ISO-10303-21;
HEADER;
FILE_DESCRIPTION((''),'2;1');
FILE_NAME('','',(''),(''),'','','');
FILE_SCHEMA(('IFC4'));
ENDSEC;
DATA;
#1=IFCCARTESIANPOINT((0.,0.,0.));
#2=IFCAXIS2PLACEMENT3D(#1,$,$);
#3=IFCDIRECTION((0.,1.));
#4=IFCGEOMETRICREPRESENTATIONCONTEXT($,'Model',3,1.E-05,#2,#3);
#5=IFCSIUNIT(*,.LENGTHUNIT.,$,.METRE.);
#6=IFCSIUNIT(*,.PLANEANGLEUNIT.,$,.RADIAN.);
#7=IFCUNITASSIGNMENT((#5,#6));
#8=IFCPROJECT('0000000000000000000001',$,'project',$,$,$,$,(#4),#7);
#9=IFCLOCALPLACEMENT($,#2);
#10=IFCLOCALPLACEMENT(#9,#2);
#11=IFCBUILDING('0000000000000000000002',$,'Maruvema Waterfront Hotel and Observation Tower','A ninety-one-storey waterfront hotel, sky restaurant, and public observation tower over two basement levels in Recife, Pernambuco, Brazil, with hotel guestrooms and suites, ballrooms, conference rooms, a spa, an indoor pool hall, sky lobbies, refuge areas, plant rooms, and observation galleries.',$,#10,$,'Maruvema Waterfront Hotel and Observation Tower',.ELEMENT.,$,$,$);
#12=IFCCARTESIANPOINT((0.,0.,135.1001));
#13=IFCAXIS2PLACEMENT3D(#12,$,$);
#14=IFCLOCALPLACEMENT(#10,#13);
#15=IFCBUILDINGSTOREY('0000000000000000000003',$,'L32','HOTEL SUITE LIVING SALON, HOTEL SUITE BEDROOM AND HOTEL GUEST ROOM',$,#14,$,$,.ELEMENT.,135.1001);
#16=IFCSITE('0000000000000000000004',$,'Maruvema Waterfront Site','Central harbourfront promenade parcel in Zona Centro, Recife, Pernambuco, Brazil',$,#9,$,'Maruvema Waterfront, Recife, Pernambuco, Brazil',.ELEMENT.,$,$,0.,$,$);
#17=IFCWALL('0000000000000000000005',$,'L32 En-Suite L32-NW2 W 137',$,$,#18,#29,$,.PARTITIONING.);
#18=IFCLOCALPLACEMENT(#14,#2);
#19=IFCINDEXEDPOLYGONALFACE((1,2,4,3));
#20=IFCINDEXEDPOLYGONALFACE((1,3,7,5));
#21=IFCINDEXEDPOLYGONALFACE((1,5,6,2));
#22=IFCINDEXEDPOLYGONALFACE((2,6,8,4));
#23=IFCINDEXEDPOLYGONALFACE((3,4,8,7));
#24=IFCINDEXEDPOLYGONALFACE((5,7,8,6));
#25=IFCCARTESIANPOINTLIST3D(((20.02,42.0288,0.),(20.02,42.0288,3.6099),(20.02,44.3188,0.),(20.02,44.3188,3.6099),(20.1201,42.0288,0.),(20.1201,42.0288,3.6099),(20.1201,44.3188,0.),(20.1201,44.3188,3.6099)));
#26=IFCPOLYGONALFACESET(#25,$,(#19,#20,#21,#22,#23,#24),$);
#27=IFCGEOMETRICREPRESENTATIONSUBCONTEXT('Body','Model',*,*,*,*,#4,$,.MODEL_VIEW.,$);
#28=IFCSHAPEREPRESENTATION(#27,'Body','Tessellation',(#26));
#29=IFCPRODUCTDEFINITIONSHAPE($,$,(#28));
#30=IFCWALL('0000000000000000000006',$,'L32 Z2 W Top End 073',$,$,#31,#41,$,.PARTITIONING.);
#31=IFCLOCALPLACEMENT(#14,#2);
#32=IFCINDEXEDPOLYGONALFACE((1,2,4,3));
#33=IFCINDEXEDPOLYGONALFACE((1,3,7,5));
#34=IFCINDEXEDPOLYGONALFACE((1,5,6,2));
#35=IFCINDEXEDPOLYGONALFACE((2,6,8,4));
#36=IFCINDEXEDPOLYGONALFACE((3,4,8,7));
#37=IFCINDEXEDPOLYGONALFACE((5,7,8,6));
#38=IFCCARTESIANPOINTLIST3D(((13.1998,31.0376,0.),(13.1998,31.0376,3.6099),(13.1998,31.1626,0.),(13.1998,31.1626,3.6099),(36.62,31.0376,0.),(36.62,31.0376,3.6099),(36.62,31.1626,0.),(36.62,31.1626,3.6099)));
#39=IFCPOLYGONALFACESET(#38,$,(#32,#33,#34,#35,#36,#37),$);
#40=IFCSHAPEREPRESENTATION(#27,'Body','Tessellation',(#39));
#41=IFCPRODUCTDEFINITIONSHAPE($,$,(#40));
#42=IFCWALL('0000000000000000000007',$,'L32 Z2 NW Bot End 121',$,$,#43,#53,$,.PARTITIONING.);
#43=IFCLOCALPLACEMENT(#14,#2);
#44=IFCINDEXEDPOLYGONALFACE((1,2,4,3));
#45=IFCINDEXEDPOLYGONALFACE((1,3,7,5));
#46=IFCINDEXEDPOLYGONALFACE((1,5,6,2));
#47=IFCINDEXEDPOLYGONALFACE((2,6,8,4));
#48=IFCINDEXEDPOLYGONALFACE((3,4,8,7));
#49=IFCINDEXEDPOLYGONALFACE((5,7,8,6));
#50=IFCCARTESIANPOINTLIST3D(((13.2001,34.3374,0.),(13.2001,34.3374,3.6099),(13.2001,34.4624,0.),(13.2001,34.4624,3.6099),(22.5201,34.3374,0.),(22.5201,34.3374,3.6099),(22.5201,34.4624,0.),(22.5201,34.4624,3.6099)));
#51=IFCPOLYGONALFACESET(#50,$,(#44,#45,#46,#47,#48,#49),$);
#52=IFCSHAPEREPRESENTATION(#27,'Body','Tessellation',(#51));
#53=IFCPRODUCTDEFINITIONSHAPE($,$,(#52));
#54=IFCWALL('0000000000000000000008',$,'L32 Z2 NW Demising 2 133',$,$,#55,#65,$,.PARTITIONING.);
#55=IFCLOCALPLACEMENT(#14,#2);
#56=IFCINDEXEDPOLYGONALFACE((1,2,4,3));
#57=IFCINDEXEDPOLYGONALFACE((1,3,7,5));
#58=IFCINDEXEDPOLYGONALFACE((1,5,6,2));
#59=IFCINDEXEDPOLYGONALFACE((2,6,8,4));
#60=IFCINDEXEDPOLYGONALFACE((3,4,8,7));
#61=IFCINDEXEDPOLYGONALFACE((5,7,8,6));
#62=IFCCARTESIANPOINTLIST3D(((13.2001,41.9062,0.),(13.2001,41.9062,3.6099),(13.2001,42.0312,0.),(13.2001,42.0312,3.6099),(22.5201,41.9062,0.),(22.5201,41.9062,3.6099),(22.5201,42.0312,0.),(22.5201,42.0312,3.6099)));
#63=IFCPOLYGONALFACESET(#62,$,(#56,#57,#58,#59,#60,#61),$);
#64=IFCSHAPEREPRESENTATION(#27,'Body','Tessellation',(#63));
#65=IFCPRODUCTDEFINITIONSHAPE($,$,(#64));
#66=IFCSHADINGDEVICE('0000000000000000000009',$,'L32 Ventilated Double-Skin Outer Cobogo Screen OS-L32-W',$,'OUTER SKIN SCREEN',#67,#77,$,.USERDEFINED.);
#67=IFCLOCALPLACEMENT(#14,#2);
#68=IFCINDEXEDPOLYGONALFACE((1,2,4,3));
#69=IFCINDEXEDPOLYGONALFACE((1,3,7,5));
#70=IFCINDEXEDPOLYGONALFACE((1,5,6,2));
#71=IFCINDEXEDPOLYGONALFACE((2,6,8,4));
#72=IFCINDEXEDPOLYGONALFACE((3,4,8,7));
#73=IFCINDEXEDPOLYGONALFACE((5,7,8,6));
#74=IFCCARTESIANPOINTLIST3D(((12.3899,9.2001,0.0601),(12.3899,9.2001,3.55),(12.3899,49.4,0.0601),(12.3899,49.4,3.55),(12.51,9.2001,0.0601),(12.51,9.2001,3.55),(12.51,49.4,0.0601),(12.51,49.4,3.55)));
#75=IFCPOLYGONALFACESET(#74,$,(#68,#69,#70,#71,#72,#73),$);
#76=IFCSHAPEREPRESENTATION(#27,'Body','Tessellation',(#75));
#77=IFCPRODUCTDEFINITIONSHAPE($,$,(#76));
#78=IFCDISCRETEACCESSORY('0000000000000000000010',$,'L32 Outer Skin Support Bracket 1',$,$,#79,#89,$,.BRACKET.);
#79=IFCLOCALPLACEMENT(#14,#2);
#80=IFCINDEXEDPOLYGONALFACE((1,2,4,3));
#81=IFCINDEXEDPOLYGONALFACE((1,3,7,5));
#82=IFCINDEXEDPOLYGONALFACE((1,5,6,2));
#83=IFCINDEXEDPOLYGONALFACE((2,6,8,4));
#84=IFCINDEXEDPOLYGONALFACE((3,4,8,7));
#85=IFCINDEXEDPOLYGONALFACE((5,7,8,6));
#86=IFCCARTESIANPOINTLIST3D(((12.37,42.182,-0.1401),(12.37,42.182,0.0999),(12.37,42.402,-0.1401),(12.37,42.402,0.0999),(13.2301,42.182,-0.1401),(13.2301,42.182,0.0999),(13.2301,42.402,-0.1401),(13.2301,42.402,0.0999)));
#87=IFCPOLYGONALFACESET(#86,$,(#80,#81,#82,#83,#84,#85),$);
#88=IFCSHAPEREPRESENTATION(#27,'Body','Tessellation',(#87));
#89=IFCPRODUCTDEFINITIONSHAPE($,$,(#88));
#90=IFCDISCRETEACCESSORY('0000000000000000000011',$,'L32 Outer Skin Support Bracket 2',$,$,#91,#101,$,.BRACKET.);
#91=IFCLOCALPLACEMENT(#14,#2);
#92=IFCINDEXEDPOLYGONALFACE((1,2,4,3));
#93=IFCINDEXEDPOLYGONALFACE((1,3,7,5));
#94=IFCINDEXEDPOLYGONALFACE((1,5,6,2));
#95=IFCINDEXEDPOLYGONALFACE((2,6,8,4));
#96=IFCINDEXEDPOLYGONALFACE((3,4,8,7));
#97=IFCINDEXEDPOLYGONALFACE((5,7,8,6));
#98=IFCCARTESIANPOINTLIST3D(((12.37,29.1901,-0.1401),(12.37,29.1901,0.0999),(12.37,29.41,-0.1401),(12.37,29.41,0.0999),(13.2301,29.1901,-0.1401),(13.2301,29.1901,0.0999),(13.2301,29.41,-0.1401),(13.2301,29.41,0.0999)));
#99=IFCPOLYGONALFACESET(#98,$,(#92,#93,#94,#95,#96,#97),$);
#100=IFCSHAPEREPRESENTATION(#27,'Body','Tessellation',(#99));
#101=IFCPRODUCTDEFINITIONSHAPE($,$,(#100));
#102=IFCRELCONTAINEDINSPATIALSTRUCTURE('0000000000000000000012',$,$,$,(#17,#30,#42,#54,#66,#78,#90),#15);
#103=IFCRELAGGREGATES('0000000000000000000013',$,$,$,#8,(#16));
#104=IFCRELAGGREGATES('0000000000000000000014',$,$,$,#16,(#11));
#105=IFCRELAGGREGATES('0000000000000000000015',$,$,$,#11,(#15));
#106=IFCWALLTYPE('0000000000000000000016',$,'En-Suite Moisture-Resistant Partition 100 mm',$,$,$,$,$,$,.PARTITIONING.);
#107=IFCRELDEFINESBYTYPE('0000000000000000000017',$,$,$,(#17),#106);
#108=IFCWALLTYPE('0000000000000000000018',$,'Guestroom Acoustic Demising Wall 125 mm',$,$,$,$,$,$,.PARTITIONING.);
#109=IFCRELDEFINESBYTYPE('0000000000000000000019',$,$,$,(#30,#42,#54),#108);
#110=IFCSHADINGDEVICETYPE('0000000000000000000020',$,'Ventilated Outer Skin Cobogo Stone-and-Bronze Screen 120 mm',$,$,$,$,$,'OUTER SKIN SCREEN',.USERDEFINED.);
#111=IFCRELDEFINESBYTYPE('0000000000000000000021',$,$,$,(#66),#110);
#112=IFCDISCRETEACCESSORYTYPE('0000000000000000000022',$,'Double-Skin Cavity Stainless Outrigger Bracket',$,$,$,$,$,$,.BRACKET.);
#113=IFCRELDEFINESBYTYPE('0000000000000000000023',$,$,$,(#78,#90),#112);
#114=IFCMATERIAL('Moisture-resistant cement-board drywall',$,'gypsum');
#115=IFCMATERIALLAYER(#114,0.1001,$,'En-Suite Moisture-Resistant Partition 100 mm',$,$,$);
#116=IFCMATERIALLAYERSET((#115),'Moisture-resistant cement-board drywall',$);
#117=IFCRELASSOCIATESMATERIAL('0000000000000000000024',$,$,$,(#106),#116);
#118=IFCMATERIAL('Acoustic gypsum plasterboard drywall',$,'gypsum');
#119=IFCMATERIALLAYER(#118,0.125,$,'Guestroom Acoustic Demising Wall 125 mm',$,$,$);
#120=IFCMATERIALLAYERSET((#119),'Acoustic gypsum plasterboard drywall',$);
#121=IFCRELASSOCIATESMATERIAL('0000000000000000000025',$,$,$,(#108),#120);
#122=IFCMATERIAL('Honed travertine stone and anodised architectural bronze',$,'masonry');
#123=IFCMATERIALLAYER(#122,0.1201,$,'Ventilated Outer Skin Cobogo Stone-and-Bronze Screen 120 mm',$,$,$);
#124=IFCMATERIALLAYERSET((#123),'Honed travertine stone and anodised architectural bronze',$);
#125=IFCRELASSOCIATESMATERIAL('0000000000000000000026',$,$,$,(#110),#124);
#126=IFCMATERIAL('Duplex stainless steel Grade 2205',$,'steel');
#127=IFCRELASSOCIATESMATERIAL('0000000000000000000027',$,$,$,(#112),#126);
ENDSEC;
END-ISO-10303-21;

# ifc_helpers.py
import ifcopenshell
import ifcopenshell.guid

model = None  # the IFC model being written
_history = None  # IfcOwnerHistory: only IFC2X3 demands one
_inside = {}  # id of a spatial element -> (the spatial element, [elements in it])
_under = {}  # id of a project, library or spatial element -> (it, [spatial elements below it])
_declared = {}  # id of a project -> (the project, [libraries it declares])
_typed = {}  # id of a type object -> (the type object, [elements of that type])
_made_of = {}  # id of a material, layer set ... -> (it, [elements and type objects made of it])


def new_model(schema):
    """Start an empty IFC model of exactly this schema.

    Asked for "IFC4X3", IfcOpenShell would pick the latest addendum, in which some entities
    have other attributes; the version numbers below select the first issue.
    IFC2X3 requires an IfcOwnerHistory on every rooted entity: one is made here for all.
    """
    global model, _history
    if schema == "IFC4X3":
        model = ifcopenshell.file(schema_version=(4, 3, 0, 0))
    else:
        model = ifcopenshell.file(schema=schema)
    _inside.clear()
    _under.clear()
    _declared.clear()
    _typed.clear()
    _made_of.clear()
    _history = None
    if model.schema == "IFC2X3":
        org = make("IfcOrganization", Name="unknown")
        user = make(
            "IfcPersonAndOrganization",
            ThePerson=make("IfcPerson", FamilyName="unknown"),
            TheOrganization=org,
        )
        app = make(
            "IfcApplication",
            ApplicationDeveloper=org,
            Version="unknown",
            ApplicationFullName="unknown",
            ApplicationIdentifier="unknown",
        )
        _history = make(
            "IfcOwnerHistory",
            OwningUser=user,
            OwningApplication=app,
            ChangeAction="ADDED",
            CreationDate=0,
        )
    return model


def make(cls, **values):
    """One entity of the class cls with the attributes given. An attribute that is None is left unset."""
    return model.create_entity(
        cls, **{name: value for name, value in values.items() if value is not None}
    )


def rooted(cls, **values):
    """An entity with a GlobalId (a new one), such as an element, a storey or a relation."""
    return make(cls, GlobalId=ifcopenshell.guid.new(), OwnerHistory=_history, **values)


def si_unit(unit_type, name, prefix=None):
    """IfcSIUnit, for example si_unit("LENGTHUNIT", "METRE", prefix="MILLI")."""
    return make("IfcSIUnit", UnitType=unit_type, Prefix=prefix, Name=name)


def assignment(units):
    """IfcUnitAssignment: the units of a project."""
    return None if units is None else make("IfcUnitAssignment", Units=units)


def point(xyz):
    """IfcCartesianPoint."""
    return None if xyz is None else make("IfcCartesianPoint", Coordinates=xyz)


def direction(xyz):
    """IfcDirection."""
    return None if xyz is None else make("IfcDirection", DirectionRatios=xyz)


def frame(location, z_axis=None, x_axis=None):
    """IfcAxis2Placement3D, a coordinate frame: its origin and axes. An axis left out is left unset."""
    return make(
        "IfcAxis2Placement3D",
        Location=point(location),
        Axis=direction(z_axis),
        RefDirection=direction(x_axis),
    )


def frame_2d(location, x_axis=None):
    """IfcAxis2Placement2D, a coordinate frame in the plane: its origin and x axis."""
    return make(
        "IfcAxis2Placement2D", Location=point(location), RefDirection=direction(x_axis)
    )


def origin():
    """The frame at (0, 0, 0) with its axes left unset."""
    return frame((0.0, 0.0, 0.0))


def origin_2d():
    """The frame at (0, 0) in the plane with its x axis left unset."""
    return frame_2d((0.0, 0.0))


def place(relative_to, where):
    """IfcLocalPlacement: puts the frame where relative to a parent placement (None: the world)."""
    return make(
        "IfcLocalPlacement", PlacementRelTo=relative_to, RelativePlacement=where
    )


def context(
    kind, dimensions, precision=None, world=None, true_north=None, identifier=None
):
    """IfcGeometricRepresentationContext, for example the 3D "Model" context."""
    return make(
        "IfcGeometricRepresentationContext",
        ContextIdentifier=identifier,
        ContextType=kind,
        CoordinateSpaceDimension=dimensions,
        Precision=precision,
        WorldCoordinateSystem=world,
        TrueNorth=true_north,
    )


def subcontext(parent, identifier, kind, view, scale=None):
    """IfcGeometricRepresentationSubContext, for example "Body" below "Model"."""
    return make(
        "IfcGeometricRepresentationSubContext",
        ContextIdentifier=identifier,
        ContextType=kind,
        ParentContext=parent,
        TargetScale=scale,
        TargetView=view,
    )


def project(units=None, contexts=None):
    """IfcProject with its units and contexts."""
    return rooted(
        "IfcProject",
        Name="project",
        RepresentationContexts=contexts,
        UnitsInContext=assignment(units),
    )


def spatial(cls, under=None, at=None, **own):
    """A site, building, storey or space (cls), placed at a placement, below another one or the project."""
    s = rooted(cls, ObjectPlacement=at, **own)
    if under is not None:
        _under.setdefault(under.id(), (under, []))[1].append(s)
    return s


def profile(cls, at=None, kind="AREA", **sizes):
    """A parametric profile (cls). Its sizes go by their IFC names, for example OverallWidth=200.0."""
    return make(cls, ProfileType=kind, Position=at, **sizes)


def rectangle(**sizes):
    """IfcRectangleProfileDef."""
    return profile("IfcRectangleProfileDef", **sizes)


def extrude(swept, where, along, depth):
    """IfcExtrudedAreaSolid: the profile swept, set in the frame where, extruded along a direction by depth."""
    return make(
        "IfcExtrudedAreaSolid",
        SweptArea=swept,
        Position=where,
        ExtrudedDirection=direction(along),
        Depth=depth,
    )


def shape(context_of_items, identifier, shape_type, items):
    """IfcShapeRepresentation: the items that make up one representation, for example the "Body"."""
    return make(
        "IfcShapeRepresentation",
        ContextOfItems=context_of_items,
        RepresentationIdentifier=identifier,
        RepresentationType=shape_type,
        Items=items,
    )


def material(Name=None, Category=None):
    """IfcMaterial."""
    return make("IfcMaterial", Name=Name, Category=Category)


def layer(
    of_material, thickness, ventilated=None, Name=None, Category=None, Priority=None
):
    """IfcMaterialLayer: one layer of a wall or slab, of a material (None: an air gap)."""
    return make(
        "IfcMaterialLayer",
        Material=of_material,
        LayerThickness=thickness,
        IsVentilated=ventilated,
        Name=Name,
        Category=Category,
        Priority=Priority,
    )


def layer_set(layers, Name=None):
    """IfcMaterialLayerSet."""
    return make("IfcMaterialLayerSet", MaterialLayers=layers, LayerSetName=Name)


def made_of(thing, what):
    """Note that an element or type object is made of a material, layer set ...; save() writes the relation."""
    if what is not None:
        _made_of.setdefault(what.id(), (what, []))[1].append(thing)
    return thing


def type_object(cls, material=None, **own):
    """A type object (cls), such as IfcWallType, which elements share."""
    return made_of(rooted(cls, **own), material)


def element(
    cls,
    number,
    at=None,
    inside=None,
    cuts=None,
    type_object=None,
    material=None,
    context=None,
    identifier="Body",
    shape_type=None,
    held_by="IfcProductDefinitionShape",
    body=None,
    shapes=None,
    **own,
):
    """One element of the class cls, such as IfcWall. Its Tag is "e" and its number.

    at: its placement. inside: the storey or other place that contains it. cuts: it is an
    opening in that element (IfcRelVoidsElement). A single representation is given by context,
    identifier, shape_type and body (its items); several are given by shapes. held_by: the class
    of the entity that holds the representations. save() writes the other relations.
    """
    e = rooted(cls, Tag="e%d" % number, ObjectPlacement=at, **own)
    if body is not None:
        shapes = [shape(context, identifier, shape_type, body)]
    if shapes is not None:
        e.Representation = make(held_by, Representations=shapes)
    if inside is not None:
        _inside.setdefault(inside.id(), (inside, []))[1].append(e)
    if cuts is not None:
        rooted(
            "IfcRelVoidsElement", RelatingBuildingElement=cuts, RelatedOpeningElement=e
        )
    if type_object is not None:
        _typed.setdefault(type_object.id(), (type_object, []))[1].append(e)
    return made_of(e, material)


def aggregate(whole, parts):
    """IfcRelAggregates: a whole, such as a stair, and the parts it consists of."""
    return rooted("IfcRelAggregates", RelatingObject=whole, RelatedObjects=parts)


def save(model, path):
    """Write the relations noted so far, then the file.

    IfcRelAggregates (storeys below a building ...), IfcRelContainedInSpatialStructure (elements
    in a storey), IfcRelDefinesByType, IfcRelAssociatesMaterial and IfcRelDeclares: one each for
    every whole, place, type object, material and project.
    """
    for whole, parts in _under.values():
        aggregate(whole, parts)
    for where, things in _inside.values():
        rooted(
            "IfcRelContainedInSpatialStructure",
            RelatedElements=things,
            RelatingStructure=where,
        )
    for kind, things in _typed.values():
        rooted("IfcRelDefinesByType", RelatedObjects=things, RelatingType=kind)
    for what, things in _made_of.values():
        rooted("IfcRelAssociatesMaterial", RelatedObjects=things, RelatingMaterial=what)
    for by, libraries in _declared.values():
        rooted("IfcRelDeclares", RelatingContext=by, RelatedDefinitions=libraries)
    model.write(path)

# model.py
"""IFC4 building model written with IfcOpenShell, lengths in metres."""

from ifc_helpers import new_model, si_unit, direction, frame, frame_2d, origin, origin_2d, place, context, subcontext, project, spatial, rectangle, extrude, material, layer, layer_set, type_object, element, save


model = new_model("IFC4")

# Units and contexts
model_context = context("Model", 3, precision=1e-05, world=origin(), true_north=direction((0.0, 1.0)))
body_context = subcontext(model_context, "Body", "Model", "MODEL_VIEW")
ifc_project = project(units=[si_unit("LENGTHUNIT", "METRE"), si_unit("PLANEANGLEUNIT", "RADIAN")], contexts=[model_context])

# Site, building, storey
site_placement = place(None, origin())
site = spatial("IfcSite", under=ifc_project, at=site_placement, Name="Maruvema Waterfront Site", Description="Central harbourfront promenade parcel in Zona Centro, Recife, Pernambuco, Brazil", LongName="Maruvema Waterfront, Recife, Pernambuco, Brazil", CompositionType="ELEMENT", RefElevation=0.0)
building_placement = place(site_placement, origin())
building = spatial("IfcBuilding", under=site, at=building_placement, Name="Maruvema Waterfront Hotel and Observation Tower", Description="A ninety-one-storey waterfront hotel, sky restaurant, and public observation tower over two basement levels in Recife, Pernambuco, Brazil, with hotel guestrooms and suites, ballrooms, conference rooms, a spa, an indoor pool hall, sky lobbies, refuge areas, plant rooms, and observation galleries.", LongName="Maruvema Waterfront Hotel and Observation Tower", CompositionType="ELEMENT")
storey_placement = place(building_placement, frame((0.0, 0.0, 135.1001)))
storey = spatial("IfcBuildingStorey", under=building, at=storey_placement, Name="L32", Description="HOTEL SUITE LIVING SALON, HOTEL SUITE BEDROOM AND HOTEL GUEST ROOM", CompositionType="ELEMENT", Elevation=135.1001)

# Shared definitions
ifc_material_1 = material(Name="Moisture-resistant cement-board drywall", Category="gypsum")
ifc_layer_1 = layer(ifc_material_1, 0.1001, Name="En-Suite Moisture-Resistant Partition 100 mm")
ifc_layer_set_1 = layer_set([ifc_layer_1], Name="Moisture-resistant cement-board drywall")
wall_type_1 = type_object("IfcWallType", Name="En-Suite Moisture-Resistant Partition 100 mm", PredefinedType="PARTITIONING", material=ifc_layer_set_1)

# Walls
wall_1_placement = place(storey_placement, frame((20.0701, 42.0288, 0.0), z_axis=(0.0, 0.0, 1.0), x_axis=(0.0, 1.0, 0.0)))
element("IfcWall", 1, at=wall_1_placement, inside=storey, type_object=wall_type_1, Name="L32 En-Suite L32-NW2 W 137", PredefinedType="PARTITIONING", context=body_context, shape_type="SweptSolid", body=[
    extrude(rectangle(XDim=2.29, YDim=0.1001, at=frame_2d((1.145, 0.0))), origin(), (0.0, 0.0, 1.0), 3.6099),
])
ifc_material_2 = material(Name="Acoustic gypsum plasterboard drywall", Category="gypsum")
ifc_layer_2 = layer(ifc_material_2, 0.125, Name="Guestroom Acoustic Demising Wall 125 mm")
ifc_layer_set_2 = layer_set([ifc_layer_2], Name="Acoustic gypsum plasterboard drywall")
wall_type_2 = type_object("IfcWallType", Name="Guestroom Acoustic Demising Wall 125 mm", PredefinedType="PARTITIONING", material=ifc_layer_set_2)
wall_2_placement = place(storey_placement, frame((13.2, 31.1001, 0.0), z_axis=(0.0, 0.0, 1.0), x_axis=(1.0, 0.0, 0.0)))
element("IfcWall", 2, at=wall_2_placement, inside=storey, type_object=wall_type_2, Name="L32 Z2 W Top End 073", PredefinedType="PARTITIONING", context=body_context, shape_type="SweptSolid", body=[
    extrude(rectangle(XDim=23.4202, YDim=0.125, at=frame_2d((11.71, 0.0))), origin(), (0.0, 0.0, 1.0), 3.6099),
])
for number, where, z_axis, x_axis, name in (
    (3, (13.2, 34.3999, 0.0), (0.0, 0.0, 1.0), (1.0, 0.0, 0.0), "L32 Z2 NW Bot End 121"),
    (4, (13.2, 41.9688, 0.0), (0.0, 0.0, 1.0), (1.0, 0.0, 0.0), "L32 Z2 NW Demising 2 133"),
):
    element("IfcWall", number, at=place(storey_placement, frame(where, z_axis=z_axis, x_axis=x_axis)), inside=storey, type_object=wall_type_2, Name=name, PredefinedType="PARTITIONING", context=body_context, shape_type="SweptSolid", body=[
        extrude(rectangle(XDim=9.3201, YDim=0.125, at=frame_2d((4.6602, 0.0))), origin(), (0.0, 0.0, 1.0), 3.6099),
    ])

# Shading device
ifc_material_3 = material(Name="Honed travertine stone and anodised architectural bronze", Category="masonry")
ifc_layer_3 = layer(ifc_material_3, 0.1201, Name="Ventilated Outer Skin Cobogo Stone-and-Bronze Screen 120 mm")
ifc_layer_set_3 = layer_set([ifc_layer_3], Name="Honed travertine stone and anodised architectural bronze")
shading_device_type = type_object("IfcShadingDeviceType", Name="Ventilated Outer Skin Cobogo Stone-and-Bronze Screen 120 mm", ElementType="OUTER SKIN SCREEN", PredefinedType="USERDEFINED", material=ifc_layer_set_3)
shading_device_placement = place(storey_placement, frame((12.45, 29.3, 0.0601), z_axis=(0.0, 0.0, 1.0), x_axis=(0.0, -1.0, 0.0)))
element("IfcShadingDevice", 5, at=shading_device_placement, inside=storey, type_object=shading_device_type, Name="L32 Ventilated Double-Skin Outer Cobogo Screen OS-L32-W", ObjectType="OUTER SKIN SCREEN", PredefinedType="USERDEFINED", context=body_context, shape_type="SweptSolid", body=[
    extrude(rectangle(XDim=40.2, YDim=0.1201, at=origin_2d()), origin(), (0.0, 0.0, 1.0), 3.49),
])

# Discrete accessories
ifc_material_4 = material(Name="Duplex stainless steel Grade 2205", Category="steel")
discrete_accessory_type = type_object("IfcDiscreteAccessoryType", Name="Double-Skin Cavity Stainless Outrigger Bracket", PredefinedType="BRACKET", material=ifc_material_4)
for number, where, z_axis, x_axis, name in (
    (6, (12.8, 42.292, -0.1401), (0.0, 0.0, 1.0), (0.0, -1.0, 0.0), "L32 Outer Skin Support Bracket 1"),
    (7, (12.8, 29.3, -0.1401), (0.0, 0.0, 1.0), (0.0, -1.0, 0.0), "L32 Outer Skin Support Bracket 2"),
):
    element("IfcDiscreteAccessory", number, at=place(storey_placement, frame(where, z_axis=z_axis, x_axis=x_axis)), inside=storey, type_object=discrete_accessory_type, Name=name, PredefinedType="BRACKET", context=body_context, shape_type="SweptSolid", body=[
        extrude(rectangle(XDim=0.22, YDim=0.8601, at=origin_2d()), origin(), (0.0, 0.0, 1.0), 0.24),
    ])

save(model, "model.ifc")
